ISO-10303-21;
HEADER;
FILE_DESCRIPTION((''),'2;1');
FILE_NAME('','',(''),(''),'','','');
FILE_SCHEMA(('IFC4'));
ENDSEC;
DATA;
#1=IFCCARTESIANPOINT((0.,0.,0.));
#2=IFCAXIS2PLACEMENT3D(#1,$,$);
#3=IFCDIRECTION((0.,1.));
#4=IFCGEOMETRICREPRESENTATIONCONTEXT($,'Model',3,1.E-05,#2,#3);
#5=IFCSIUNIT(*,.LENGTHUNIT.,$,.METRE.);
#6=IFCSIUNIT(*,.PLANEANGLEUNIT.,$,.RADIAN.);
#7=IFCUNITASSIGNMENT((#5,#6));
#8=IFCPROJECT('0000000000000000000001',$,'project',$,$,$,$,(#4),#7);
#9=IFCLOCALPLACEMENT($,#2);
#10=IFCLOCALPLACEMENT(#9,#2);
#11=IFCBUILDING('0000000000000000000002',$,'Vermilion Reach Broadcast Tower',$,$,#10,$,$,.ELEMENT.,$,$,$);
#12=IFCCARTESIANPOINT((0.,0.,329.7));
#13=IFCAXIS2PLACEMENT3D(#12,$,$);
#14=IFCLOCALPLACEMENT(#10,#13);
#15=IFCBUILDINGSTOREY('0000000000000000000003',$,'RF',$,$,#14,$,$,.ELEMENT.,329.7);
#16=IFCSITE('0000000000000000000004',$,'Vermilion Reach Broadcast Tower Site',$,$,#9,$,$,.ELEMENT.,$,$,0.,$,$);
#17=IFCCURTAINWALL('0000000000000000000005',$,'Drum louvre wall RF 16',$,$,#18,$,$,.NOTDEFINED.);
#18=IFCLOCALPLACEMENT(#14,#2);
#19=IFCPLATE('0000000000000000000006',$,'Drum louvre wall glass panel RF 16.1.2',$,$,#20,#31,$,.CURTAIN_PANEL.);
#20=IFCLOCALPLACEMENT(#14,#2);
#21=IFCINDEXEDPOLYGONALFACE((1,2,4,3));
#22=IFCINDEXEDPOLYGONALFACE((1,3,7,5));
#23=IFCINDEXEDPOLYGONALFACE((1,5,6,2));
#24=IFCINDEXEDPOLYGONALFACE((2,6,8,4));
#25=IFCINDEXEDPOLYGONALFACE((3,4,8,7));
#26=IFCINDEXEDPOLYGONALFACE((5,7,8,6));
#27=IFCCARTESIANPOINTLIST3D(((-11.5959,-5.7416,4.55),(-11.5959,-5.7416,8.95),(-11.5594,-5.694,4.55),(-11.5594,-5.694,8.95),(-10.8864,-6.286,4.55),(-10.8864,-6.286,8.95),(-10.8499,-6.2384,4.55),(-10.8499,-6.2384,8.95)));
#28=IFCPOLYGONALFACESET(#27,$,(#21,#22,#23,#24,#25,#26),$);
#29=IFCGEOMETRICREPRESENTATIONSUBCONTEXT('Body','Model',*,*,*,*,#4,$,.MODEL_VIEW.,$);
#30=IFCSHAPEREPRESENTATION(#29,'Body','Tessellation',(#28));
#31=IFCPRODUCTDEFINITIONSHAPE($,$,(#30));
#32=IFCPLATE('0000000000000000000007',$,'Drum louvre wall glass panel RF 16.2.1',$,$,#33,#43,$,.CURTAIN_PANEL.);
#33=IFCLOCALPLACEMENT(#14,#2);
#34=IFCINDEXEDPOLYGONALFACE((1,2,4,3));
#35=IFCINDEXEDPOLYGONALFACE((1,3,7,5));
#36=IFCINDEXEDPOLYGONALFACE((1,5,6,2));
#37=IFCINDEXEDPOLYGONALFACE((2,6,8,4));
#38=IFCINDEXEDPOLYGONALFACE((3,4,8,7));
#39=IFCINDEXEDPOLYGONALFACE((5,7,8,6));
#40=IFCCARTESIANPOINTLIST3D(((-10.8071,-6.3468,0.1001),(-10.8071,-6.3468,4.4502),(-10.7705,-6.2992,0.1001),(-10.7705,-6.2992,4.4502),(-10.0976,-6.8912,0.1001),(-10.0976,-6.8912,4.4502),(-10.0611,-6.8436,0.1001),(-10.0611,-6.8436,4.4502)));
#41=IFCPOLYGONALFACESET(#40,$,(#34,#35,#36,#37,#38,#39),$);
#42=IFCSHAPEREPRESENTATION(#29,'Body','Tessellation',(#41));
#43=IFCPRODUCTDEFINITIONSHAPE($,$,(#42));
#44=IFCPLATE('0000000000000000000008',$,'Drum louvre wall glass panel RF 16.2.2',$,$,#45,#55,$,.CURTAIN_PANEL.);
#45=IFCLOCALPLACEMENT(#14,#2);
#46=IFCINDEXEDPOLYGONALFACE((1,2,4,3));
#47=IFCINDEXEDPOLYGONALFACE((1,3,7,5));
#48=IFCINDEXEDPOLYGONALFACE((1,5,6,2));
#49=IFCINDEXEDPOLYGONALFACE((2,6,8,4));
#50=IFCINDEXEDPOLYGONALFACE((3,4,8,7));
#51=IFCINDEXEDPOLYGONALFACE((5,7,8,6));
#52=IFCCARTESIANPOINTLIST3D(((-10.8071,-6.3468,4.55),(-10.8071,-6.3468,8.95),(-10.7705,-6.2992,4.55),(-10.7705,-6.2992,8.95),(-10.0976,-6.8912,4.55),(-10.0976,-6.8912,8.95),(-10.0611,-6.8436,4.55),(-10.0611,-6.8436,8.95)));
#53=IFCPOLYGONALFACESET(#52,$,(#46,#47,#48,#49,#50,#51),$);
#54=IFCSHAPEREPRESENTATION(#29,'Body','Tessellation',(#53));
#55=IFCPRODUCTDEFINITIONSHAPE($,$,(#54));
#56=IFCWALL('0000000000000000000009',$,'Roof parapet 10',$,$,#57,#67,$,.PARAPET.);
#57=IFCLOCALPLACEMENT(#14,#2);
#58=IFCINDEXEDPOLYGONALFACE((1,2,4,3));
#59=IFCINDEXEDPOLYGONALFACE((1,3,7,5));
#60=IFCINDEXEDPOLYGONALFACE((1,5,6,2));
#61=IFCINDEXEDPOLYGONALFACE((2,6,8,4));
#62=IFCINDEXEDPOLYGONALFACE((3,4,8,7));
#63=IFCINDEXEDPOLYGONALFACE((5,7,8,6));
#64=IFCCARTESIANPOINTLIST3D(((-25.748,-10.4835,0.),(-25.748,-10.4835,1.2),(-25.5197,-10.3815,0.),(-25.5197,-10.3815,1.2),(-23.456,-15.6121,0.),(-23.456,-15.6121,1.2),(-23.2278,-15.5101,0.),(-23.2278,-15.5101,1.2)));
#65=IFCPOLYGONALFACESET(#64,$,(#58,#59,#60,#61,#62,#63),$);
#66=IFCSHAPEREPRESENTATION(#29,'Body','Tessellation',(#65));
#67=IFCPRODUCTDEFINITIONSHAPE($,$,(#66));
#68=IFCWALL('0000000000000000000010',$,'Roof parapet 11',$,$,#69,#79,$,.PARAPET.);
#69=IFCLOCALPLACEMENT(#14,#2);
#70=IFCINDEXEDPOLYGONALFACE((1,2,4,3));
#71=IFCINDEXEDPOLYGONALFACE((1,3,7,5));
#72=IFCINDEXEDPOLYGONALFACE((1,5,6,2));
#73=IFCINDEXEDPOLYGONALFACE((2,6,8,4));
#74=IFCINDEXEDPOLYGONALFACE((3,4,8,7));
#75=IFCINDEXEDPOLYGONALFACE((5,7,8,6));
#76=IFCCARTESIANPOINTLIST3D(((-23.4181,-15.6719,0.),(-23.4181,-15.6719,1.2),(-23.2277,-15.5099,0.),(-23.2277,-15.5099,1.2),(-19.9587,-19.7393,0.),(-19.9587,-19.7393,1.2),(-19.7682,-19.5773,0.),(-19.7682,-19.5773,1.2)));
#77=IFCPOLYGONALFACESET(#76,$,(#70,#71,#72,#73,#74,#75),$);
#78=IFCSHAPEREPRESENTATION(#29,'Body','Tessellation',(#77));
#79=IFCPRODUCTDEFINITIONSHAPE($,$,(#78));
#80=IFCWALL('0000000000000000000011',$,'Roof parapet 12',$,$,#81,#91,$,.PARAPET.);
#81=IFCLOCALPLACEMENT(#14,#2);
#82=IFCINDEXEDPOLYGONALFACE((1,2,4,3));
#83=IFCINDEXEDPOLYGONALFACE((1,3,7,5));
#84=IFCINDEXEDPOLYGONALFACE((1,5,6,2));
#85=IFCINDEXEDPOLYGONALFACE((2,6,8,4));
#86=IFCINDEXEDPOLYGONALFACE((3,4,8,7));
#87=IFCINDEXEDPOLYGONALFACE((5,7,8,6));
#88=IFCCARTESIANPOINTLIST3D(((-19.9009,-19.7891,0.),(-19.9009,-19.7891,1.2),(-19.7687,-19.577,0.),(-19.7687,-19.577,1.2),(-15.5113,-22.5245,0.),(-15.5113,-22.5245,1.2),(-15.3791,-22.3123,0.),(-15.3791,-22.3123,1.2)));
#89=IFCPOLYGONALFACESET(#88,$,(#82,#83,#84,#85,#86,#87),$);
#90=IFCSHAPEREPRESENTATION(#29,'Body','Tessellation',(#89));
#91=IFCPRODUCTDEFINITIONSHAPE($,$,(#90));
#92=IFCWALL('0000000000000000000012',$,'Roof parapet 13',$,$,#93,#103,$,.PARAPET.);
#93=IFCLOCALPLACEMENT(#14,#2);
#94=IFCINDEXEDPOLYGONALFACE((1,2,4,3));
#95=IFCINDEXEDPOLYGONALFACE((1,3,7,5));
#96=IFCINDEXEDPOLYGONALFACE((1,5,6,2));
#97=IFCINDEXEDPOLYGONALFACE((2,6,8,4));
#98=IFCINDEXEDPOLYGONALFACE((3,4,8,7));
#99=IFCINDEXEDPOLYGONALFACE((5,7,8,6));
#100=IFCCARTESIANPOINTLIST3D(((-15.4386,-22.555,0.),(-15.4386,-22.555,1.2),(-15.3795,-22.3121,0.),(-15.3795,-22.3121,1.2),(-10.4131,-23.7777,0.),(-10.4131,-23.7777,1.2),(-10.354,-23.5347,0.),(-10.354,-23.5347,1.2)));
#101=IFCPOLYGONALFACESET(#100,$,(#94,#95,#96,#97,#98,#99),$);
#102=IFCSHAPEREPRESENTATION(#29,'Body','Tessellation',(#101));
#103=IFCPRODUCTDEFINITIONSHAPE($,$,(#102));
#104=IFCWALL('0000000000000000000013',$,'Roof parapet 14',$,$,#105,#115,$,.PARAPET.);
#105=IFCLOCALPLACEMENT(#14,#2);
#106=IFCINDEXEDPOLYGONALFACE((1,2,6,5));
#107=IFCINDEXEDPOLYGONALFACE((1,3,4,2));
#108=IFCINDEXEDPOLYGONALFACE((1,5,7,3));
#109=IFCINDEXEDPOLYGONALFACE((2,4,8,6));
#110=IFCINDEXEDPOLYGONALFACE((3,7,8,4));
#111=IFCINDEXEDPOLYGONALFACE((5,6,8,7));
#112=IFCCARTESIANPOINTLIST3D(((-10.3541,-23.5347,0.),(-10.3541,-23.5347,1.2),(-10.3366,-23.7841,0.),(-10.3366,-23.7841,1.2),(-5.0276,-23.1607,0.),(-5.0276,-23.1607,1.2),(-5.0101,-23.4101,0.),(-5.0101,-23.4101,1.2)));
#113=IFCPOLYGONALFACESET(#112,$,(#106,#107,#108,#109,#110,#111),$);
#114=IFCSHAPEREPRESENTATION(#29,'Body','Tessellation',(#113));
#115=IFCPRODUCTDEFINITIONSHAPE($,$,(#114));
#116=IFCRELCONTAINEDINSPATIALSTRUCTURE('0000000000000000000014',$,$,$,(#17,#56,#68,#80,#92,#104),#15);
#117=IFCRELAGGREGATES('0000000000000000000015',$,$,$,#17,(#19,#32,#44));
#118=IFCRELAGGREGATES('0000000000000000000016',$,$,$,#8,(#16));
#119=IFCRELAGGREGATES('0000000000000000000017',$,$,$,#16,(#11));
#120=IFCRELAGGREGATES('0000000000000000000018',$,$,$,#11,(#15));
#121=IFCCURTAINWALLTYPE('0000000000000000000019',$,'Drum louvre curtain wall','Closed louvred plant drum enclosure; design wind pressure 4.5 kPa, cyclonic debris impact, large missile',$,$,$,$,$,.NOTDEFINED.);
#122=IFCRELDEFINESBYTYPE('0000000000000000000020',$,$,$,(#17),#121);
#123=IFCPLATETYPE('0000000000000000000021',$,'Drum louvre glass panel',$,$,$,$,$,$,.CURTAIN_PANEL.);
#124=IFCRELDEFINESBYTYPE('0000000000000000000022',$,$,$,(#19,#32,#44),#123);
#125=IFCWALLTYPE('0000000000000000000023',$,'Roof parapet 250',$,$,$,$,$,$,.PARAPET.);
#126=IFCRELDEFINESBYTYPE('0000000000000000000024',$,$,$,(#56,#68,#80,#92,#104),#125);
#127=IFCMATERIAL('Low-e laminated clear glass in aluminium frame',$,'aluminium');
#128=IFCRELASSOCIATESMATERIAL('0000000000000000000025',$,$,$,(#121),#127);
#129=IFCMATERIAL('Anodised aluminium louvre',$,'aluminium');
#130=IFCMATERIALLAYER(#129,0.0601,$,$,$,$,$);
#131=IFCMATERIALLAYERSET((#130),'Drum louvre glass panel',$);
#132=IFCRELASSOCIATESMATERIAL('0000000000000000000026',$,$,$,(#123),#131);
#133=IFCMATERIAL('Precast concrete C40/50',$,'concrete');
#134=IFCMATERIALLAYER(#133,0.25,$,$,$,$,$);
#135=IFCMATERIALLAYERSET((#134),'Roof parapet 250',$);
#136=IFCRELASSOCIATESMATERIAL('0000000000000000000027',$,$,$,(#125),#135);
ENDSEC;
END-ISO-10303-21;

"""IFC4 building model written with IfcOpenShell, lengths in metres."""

from ifc_helpers import new_model, si_unit, direction, frame, frame_2d, origin, origin_2d, place, context, subcontext, project, spatial, rectangle, extrude, material, layer, layer_set, type_object, element, aggregate, save


model = new_model("IFC4")

# Units and contexts
model_context = context("Model", 3, precision=1e-05, world=origin(), true_north=direction((0.0, 1.0)))
body_context = subcontext(model_context, "Body", "Model", "MODEL_VIEW")
ifc_project = project(units=[si_unit("LENGTHUNIT", "METRE"), si_unit("PLANEANGLEUNIT", "RADIAN")], contexts=[model_context])

# Site, building, storey
site_placement = place(None, origin())
site = spatial("IfcSite", under=ifc_project, at=site_placement, Name="Vermilion Reach Broadcast Tower Site", CompositionType="ELEMENT", RefElevation=0.0)
building_placement = place(site_placement, origin())
building = spatial("IfcBuilding", under=site, at=building_placement, Name="Vermilion Reach Broadcast Tower", CompositionType="ELEMENT")
storey_placement = place(building_placement, frame((0.0, 0.0, 329.7)))
storey = spatial("IfcBuildingStorey", under=building, at=storey_placement, Name="RF", CompositionType="ELEMENT", Elevation=329.7)

# Shared definitions
ifc_material_1 = material(Name="Low-e laminated clear glass in aluminium frame", Category="aluminium")
curtain_wall_type = type_object("IfcCurtainWallType", Name="Drum louvre curtain wall", Description="Closed louvred plant drum enclosure; design wind pressure 4.5 kPa, cyclonic debris impact, large missile", PredefinedType="NOTDEFINED", material=ifc_material_1)
placement = place(storey_placement, origin())

# Curtain wall
curtain_wall_1 = element("IfcCurtainWall", 1, at=placement, inside=storey, type_object=curtain_wall_type, Name="Drum louvre wall RF 16", PredefinedType="NOTDEFINED")

# Plates
ifc_material_2 = material(Name="Anodised aluminium louvre", Category="aluminium")
ifc_layer_1 = layer(ifc_material_2, 0.0601)
ifc_layer_set_1 = layer_set([ifc_layer_1], Name="Drum louvre glass panel")
plate_type = type_object("IfcPlateType", Name="Drum louvre glass panel", PredefinedType="CURTAIN_PANEL", material=ifc_layer_set_1)
plate_1_placement = place(storey_placement, frame((-11.2229, -5.99, 4.55), z_axis=(0.0, 0.0, 1.0), x_axis=(0.793353, -0.608761, 0.0)))
plate_1 = element("IfcPlate", 2, at=plate_1_placement, type_object=plate_type, Name="Drum louvre wall glass panel RF 16.1.2", PredefinedType="CURTAIN_PANEL", context=body_context, shape_type="SweptSolid", body=[
    extrude(rectangle(XDim=0.8943, YDim=0.0601, at=origin_2d()), origin(), (0.0, 0.0, 1.0), 4.3999),
])
plate_2_placement = place(storey_placement, frame((-10.4341, -6.5952, 0.1001), z_axis=(0.0, 0.0, 1.0), x_axis=(0.793353, -0.608761, 0.0)))
plate_2 = element("IfcPlate", 3, at=plate_2_placement, type_object=plate_type, Name="Drum louvre wall glass panel RF 16.2.1", PredefinedType="CURTAIN_PANEL", context=body_context, shape_type="SweptSolid", body=[
    extrude(rectangle(XDim=0.8943, YDim=0.0601, at=origin_2d()), origin(), (0.0, 0.0, 1.0), 4.3501),
])
plate_3_placement = place(storey_placement, frame((-10.4341, -6.5952, 4.55), z_axis=(0.0, 0.0, 1.0), x_axis=(0.793353, -0.608761, 0.0)))
plate_3 = element("IfcPlate", 4, at=plate_3_placement, type_object=plate_type, Name="Drum louvre wall glass panel RF 16.2.2", PredefinedType="CURTAIN_PANEL", context=body_context, shape_type="SweptSolid", body=[
    extrude(rectangle(XDim=0.8943, YDim=0.0601, at=origin_2d()), origin(), (0.0, 0.0, 1.0), 4.3999),
])
aggregate(curtain_wall_1, [plate_1, plate_2, plate_3])

# Walls
ifc_material_3 = material(Name="Precast concrete C40/50", Category="concrete")
ifc_layer_2 = layer(ifc_material_3, 0.25)
ifc_layer_set_2 = layer_set([ifc_layer_2], Name="Roof parapet 250")
wall_type = type_object("IfcWallType", Name="Roof parapet 250", PredefinedType="PARAPET", material=ifc_layer_set_2)
wall_1_placement = place(storey_placement, frame((-25.6338, -10.4326, 0.0), z_axis=(0.0, 0.0, 1.0), x_axis=(0.408009, -0.912978, 0.0)))
element("IfcWall", 5, at=wall_1_placement, inside=storey, type_object=wall_type, Name="Roof parapet 10", PredefinedType="PARAPET", context=body_context, shape_type="SweptSolid", body=[
    extrude(rectangle(XDim=5.6174, YDim=0.25, at=frame_2d((2.8086, 0.0))), origin(), (0.0, 0.0, 1.0), 1.2),
])
wall_2_placement = place(storey_placement, frame((-23.323, -15.5908, 0.0), z_axis=(0.0, 0.0, 1.0), x_axis=(0.647887, -0.761736, 0.0)))
element("IfcWall", 6, at=wall_2_placement, inside=storey, type_object=wall_type, Name="Roof parapet 11", PredefinedType="PARAPET", context=body_context, shape_type="SweptSolid", body=[
    extrude(rectangle(XDim=5.3396, YDim=0.25, at=frame_2d((2.6699, 0.0))), origin(), (0.0, 0.0, 1.0), 1.2),
])
for number, where, z_axis, x_axis, name in (
    (7, (-19.8347, -19.6831, 0.0), (0.0, 0.0, 1.0), (0.848708, -0.528861, 0.0), "Roof parapet 12"),
    (8, (-15.4089, -22.4336, 0.0), (0.0, 0.0, 1.0), (0.971659, -0.236389, 0.0), "Roof parapet 13"),
):
    element("IfcWall", number, at=place(storey_placement, frame(where, z_axis=z_axis, x_axis=x_axis)), inside=storey, type_object=wall_type, Name=name, PredefinedType="PARAPET", context=body_context, shape_type="SweptSolid", body=[
        extrude(rectangle(XDim=5.1721, YDim=0.25, at=frame_2d((2.5859, 0.0))), origin(), (0.0, 0.0, 1.0), 1.2),
    ])
wall_3_placement = place(storey_placement, frame((-10.3455, -23.6594, 0.0), z_axis=(0.0, 0.0, 1.0), x_axis=(0.997544, 0.070048, 0.0)))
element("IfcWall", 9, at=wall_3_placement, inside=storey, type_object=wall_type, Name="Roof parapet 14", PredefinedType="PARAPET", context=body_context, shape_type="SweptSolid", body=[
    extrude(rectangle(XDim=5.3396, YDim=0.25, at=frame_2d((2.6699, 0.0))), origin(), (0.0, 0.0, 1.0), 1.2),
])

save(model, "model.ifc")
